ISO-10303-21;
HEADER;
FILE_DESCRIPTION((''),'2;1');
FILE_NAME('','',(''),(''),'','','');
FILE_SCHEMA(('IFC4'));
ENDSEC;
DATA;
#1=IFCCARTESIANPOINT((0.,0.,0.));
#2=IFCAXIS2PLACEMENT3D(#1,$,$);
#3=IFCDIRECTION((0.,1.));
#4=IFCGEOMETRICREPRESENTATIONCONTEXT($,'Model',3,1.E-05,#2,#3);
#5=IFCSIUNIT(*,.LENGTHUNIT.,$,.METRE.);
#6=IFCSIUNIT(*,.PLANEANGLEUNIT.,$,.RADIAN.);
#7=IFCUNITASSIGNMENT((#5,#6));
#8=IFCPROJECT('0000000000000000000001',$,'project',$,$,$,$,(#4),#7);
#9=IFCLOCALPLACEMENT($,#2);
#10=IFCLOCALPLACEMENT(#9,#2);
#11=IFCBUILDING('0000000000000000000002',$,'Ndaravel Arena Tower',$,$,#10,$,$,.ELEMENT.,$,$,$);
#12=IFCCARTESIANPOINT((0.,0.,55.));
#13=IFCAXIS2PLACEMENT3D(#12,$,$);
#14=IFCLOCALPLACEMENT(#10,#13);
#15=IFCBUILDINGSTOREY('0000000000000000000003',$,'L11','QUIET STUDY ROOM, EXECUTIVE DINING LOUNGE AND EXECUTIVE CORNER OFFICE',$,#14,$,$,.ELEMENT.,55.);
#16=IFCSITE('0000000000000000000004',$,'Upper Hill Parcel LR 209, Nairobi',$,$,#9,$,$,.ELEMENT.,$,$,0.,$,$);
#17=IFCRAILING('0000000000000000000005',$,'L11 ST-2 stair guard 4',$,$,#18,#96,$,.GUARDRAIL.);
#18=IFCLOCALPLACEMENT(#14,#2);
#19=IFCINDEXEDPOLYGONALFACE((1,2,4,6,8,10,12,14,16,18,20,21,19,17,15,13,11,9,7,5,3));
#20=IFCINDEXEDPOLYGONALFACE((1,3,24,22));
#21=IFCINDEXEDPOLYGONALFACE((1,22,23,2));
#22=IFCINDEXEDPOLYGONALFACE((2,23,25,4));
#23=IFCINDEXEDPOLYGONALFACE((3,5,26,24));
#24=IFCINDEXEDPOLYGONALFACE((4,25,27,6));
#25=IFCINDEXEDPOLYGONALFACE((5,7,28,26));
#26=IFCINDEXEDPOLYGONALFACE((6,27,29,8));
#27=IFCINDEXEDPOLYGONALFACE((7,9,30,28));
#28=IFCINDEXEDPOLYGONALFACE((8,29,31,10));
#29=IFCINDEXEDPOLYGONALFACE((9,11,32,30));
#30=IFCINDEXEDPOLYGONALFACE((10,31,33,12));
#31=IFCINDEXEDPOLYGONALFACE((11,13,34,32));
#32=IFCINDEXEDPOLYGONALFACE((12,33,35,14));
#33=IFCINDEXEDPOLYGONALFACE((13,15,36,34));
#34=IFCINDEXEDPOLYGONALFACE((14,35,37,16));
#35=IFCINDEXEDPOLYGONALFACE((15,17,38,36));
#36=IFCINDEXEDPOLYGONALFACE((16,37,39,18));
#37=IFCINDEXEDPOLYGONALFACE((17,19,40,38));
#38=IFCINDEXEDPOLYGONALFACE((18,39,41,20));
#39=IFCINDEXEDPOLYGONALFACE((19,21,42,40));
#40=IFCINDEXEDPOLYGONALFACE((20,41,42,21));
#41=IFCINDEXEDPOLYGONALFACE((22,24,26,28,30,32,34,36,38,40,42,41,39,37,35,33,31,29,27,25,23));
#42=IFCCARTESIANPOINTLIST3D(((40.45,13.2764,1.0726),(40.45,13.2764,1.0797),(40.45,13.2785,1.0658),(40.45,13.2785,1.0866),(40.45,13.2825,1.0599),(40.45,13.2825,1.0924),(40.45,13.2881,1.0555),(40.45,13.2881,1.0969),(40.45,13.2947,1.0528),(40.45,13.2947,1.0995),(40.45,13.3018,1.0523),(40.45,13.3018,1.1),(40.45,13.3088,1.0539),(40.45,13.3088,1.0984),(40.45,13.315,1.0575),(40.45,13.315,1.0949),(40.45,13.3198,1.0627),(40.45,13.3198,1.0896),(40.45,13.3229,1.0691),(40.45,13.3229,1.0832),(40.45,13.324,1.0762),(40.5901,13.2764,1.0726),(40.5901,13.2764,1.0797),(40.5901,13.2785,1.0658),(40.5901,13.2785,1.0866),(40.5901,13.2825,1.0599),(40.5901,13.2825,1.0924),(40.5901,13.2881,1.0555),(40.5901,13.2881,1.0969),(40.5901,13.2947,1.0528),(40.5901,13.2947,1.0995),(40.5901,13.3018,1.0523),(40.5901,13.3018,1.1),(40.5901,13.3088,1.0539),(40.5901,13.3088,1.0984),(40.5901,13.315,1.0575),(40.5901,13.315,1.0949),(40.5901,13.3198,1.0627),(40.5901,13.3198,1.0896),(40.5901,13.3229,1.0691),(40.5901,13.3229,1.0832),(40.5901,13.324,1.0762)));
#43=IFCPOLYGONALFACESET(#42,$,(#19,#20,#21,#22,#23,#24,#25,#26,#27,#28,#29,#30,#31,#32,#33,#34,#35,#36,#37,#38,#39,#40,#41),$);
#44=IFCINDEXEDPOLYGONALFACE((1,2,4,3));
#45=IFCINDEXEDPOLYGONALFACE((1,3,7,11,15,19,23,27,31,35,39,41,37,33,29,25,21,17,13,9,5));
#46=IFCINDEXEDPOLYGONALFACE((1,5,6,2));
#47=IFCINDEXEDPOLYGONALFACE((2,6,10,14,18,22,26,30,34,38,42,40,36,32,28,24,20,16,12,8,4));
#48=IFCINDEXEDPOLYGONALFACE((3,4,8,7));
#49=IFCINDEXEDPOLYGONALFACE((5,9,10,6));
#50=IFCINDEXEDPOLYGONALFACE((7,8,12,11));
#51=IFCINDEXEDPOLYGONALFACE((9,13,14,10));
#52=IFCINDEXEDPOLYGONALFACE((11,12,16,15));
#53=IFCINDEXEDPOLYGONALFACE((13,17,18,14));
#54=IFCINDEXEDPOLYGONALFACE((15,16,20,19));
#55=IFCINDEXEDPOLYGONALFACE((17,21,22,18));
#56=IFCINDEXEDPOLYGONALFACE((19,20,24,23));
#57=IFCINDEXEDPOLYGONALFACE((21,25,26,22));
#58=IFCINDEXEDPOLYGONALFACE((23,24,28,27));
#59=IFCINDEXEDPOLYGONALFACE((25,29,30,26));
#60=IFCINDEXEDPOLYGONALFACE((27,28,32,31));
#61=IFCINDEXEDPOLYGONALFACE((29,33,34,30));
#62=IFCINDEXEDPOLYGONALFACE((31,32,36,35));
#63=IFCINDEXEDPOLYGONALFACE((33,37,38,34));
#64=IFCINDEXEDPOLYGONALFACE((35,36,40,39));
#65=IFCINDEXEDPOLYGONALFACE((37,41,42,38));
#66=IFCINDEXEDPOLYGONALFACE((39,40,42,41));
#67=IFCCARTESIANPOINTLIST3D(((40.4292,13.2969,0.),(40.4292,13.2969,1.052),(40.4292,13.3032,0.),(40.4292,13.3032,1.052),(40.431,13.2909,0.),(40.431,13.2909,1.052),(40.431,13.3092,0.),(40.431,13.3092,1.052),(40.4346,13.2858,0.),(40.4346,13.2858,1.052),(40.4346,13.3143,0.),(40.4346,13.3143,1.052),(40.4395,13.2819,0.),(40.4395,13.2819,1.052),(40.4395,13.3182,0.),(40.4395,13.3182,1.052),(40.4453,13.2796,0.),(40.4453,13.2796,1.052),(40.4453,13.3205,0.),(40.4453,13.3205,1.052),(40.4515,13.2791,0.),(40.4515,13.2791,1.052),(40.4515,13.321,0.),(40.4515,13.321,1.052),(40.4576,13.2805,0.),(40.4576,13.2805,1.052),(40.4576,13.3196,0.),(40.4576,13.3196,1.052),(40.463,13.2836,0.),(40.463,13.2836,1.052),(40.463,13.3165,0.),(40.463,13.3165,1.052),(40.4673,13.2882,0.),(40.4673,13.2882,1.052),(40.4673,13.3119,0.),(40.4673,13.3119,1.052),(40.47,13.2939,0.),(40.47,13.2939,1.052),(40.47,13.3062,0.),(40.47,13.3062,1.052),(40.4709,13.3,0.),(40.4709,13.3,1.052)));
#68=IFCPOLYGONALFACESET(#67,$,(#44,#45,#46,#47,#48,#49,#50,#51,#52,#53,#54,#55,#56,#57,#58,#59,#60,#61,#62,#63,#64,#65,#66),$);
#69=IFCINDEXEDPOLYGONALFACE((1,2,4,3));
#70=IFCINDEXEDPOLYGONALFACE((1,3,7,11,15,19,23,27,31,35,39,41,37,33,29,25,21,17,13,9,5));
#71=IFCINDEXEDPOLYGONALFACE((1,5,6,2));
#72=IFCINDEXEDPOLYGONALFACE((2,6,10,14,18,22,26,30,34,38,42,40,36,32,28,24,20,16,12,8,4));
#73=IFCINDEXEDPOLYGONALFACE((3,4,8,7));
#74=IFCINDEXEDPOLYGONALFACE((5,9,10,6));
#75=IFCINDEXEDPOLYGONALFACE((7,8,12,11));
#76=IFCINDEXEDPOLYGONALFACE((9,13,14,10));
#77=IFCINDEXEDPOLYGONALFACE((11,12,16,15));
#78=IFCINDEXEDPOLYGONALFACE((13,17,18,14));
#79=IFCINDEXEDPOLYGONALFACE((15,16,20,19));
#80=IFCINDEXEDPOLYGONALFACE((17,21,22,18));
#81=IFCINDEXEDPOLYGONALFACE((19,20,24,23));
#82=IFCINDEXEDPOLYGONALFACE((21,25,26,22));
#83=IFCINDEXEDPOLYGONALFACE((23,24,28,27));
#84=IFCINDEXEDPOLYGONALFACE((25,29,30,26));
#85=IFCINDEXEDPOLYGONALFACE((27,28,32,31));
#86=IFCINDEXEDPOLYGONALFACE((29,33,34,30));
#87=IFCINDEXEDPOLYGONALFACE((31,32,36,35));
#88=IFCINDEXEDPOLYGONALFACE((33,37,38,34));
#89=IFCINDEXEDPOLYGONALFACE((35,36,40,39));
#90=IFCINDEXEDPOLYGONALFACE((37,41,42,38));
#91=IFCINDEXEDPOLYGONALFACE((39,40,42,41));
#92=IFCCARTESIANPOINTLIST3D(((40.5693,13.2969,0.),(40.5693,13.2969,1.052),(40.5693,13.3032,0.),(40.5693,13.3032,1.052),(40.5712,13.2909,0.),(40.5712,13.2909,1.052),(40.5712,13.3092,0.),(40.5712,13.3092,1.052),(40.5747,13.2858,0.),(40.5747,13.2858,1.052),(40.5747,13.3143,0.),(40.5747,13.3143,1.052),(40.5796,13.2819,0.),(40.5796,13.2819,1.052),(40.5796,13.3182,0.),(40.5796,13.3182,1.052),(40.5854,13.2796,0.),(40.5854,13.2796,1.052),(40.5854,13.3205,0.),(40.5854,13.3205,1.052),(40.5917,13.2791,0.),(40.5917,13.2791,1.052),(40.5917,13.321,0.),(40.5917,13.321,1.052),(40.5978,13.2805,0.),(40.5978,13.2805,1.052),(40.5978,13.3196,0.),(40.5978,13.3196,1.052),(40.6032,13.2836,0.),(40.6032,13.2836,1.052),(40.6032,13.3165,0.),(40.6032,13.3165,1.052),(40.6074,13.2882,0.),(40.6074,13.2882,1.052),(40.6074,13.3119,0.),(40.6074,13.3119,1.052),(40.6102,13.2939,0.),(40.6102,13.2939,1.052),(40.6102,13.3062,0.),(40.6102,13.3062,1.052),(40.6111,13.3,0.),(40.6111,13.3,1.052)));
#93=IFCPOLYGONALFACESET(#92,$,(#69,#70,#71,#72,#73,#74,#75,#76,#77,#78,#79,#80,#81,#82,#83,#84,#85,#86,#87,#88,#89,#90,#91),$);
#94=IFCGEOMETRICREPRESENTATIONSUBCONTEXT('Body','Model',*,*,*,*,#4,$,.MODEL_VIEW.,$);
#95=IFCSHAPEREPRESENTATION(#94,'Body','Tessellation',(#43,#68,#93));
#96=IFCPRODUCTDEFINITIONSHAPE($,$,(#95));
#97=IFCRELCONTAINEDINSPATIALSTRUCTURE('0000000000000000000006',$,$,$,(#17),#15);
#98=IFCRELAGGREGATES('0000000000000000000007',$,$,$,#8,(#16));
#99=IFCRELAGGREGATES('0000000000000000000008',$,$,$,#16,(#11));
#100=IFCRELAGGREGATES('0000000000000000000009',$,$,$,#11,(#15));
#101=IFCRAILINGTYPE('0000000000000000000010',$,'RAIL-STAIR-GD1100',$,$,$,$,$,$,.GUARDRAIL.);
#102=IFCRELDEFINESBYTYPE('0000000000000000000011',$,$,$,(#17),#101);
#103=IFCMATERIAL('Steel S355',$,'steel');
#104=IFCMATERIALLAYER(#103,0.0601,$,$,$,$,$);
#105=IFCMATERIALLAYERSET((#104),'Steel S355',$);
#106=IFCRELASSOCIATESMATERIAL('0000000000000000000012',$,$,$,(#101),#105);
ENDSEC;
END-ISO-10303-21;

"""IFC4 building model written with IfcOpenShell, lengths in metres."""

from ifc_helpers import new_model, si_unit, direction, frame, origin, origin_2d, place, context, subcontext, project, spatial, circle, extrude, material, layer, layer_set, type_object, element, save


model = new_model("IFC4")

# Units and contexts
model_context = context("Model", 3, precision=1e-05, world=origin(), true_north=direction((0.0, 1.0)))
body_context = subcontext(model_context, "Body", "Model", "MODEL_VIEW")
ifc_project = project(units=[si_unit("LENGTHUNIT", "METRE"), si_unit("PLANEANGLEUNIT", "RADIAN")], contexts=[model_context])

# Site, building, storey
site_placement = place(None, origin())
site = spatial("IfcSite", under=ifc_project, at=site_placement, Name="Upper Hill Parcel LR 209, Nairobi", CompositionType="ELEMENT", RefElevation=0.0)
building_placement = place(site_placement, origin())
building = spatial("IfcBuilding", under=site, at=building_placement, Name="Ndaravel Arena Tower", CompositionType="ELEMENT")
storey_placement = place(building_placement, frame((0.0, 0.0, 55.0)))
storey = spatial("IfcBuildingStorey", under=building, at=storey_placement, Name="L11", Description="QUIET STUDY ROOM, EXECUTIVE DINING LOUNGE AND EXECUTIVE CORNER OFFICE", CompositionType="ELEMENT", Elevation=55.0)

# Railing
ifc_material_1 = material(Name="Steel S355", Category="steel")
ifc_layer_1 = layer(ifc_material_1, 0.0601)
ifc_layer_set_1 = layer_set([ifc_layer_1], Name="Steel S355")
railing_type_1 = type_object("IfcRailingType", Name="RAIL-STAIR-GD1100", PredefinedType="GUARDRAIL", material=ifc_layer_set_1)
railing_1_placement = place(storey_placement, frame((40.45, 13.3, 0.0)))
element("IfcRailing", 1, at=railing_1_placement, inside=storey, type_object=railing_type_1, Name="L11 ST-2 stair guard 4", PredefinedType="GUARDRAIL", context=body_context, shape_type="SweptSolid", body=[
    extrude(circle(Radius=0.0239, at=origin_2d()), frame((0.0, 0.0, 1.0762), z_axis=(1.0, 0.0, 0.0), x_axis=(0.0, 1.0, 0.0)), (0.0, 0.0, 1.0), 0.1401),
    extrude(circle(Radius=0.021, at=origin_2d()), origin(), (0.0, 0.0, 1.0), 1.052),
    extrude(circle(Radius=0.021, at=origin_2d()), frame((0.1401, 0.0, 0.0)), (0.0, 0.0, 1.0), 1.052),
])

save(model, "model.ifc")
